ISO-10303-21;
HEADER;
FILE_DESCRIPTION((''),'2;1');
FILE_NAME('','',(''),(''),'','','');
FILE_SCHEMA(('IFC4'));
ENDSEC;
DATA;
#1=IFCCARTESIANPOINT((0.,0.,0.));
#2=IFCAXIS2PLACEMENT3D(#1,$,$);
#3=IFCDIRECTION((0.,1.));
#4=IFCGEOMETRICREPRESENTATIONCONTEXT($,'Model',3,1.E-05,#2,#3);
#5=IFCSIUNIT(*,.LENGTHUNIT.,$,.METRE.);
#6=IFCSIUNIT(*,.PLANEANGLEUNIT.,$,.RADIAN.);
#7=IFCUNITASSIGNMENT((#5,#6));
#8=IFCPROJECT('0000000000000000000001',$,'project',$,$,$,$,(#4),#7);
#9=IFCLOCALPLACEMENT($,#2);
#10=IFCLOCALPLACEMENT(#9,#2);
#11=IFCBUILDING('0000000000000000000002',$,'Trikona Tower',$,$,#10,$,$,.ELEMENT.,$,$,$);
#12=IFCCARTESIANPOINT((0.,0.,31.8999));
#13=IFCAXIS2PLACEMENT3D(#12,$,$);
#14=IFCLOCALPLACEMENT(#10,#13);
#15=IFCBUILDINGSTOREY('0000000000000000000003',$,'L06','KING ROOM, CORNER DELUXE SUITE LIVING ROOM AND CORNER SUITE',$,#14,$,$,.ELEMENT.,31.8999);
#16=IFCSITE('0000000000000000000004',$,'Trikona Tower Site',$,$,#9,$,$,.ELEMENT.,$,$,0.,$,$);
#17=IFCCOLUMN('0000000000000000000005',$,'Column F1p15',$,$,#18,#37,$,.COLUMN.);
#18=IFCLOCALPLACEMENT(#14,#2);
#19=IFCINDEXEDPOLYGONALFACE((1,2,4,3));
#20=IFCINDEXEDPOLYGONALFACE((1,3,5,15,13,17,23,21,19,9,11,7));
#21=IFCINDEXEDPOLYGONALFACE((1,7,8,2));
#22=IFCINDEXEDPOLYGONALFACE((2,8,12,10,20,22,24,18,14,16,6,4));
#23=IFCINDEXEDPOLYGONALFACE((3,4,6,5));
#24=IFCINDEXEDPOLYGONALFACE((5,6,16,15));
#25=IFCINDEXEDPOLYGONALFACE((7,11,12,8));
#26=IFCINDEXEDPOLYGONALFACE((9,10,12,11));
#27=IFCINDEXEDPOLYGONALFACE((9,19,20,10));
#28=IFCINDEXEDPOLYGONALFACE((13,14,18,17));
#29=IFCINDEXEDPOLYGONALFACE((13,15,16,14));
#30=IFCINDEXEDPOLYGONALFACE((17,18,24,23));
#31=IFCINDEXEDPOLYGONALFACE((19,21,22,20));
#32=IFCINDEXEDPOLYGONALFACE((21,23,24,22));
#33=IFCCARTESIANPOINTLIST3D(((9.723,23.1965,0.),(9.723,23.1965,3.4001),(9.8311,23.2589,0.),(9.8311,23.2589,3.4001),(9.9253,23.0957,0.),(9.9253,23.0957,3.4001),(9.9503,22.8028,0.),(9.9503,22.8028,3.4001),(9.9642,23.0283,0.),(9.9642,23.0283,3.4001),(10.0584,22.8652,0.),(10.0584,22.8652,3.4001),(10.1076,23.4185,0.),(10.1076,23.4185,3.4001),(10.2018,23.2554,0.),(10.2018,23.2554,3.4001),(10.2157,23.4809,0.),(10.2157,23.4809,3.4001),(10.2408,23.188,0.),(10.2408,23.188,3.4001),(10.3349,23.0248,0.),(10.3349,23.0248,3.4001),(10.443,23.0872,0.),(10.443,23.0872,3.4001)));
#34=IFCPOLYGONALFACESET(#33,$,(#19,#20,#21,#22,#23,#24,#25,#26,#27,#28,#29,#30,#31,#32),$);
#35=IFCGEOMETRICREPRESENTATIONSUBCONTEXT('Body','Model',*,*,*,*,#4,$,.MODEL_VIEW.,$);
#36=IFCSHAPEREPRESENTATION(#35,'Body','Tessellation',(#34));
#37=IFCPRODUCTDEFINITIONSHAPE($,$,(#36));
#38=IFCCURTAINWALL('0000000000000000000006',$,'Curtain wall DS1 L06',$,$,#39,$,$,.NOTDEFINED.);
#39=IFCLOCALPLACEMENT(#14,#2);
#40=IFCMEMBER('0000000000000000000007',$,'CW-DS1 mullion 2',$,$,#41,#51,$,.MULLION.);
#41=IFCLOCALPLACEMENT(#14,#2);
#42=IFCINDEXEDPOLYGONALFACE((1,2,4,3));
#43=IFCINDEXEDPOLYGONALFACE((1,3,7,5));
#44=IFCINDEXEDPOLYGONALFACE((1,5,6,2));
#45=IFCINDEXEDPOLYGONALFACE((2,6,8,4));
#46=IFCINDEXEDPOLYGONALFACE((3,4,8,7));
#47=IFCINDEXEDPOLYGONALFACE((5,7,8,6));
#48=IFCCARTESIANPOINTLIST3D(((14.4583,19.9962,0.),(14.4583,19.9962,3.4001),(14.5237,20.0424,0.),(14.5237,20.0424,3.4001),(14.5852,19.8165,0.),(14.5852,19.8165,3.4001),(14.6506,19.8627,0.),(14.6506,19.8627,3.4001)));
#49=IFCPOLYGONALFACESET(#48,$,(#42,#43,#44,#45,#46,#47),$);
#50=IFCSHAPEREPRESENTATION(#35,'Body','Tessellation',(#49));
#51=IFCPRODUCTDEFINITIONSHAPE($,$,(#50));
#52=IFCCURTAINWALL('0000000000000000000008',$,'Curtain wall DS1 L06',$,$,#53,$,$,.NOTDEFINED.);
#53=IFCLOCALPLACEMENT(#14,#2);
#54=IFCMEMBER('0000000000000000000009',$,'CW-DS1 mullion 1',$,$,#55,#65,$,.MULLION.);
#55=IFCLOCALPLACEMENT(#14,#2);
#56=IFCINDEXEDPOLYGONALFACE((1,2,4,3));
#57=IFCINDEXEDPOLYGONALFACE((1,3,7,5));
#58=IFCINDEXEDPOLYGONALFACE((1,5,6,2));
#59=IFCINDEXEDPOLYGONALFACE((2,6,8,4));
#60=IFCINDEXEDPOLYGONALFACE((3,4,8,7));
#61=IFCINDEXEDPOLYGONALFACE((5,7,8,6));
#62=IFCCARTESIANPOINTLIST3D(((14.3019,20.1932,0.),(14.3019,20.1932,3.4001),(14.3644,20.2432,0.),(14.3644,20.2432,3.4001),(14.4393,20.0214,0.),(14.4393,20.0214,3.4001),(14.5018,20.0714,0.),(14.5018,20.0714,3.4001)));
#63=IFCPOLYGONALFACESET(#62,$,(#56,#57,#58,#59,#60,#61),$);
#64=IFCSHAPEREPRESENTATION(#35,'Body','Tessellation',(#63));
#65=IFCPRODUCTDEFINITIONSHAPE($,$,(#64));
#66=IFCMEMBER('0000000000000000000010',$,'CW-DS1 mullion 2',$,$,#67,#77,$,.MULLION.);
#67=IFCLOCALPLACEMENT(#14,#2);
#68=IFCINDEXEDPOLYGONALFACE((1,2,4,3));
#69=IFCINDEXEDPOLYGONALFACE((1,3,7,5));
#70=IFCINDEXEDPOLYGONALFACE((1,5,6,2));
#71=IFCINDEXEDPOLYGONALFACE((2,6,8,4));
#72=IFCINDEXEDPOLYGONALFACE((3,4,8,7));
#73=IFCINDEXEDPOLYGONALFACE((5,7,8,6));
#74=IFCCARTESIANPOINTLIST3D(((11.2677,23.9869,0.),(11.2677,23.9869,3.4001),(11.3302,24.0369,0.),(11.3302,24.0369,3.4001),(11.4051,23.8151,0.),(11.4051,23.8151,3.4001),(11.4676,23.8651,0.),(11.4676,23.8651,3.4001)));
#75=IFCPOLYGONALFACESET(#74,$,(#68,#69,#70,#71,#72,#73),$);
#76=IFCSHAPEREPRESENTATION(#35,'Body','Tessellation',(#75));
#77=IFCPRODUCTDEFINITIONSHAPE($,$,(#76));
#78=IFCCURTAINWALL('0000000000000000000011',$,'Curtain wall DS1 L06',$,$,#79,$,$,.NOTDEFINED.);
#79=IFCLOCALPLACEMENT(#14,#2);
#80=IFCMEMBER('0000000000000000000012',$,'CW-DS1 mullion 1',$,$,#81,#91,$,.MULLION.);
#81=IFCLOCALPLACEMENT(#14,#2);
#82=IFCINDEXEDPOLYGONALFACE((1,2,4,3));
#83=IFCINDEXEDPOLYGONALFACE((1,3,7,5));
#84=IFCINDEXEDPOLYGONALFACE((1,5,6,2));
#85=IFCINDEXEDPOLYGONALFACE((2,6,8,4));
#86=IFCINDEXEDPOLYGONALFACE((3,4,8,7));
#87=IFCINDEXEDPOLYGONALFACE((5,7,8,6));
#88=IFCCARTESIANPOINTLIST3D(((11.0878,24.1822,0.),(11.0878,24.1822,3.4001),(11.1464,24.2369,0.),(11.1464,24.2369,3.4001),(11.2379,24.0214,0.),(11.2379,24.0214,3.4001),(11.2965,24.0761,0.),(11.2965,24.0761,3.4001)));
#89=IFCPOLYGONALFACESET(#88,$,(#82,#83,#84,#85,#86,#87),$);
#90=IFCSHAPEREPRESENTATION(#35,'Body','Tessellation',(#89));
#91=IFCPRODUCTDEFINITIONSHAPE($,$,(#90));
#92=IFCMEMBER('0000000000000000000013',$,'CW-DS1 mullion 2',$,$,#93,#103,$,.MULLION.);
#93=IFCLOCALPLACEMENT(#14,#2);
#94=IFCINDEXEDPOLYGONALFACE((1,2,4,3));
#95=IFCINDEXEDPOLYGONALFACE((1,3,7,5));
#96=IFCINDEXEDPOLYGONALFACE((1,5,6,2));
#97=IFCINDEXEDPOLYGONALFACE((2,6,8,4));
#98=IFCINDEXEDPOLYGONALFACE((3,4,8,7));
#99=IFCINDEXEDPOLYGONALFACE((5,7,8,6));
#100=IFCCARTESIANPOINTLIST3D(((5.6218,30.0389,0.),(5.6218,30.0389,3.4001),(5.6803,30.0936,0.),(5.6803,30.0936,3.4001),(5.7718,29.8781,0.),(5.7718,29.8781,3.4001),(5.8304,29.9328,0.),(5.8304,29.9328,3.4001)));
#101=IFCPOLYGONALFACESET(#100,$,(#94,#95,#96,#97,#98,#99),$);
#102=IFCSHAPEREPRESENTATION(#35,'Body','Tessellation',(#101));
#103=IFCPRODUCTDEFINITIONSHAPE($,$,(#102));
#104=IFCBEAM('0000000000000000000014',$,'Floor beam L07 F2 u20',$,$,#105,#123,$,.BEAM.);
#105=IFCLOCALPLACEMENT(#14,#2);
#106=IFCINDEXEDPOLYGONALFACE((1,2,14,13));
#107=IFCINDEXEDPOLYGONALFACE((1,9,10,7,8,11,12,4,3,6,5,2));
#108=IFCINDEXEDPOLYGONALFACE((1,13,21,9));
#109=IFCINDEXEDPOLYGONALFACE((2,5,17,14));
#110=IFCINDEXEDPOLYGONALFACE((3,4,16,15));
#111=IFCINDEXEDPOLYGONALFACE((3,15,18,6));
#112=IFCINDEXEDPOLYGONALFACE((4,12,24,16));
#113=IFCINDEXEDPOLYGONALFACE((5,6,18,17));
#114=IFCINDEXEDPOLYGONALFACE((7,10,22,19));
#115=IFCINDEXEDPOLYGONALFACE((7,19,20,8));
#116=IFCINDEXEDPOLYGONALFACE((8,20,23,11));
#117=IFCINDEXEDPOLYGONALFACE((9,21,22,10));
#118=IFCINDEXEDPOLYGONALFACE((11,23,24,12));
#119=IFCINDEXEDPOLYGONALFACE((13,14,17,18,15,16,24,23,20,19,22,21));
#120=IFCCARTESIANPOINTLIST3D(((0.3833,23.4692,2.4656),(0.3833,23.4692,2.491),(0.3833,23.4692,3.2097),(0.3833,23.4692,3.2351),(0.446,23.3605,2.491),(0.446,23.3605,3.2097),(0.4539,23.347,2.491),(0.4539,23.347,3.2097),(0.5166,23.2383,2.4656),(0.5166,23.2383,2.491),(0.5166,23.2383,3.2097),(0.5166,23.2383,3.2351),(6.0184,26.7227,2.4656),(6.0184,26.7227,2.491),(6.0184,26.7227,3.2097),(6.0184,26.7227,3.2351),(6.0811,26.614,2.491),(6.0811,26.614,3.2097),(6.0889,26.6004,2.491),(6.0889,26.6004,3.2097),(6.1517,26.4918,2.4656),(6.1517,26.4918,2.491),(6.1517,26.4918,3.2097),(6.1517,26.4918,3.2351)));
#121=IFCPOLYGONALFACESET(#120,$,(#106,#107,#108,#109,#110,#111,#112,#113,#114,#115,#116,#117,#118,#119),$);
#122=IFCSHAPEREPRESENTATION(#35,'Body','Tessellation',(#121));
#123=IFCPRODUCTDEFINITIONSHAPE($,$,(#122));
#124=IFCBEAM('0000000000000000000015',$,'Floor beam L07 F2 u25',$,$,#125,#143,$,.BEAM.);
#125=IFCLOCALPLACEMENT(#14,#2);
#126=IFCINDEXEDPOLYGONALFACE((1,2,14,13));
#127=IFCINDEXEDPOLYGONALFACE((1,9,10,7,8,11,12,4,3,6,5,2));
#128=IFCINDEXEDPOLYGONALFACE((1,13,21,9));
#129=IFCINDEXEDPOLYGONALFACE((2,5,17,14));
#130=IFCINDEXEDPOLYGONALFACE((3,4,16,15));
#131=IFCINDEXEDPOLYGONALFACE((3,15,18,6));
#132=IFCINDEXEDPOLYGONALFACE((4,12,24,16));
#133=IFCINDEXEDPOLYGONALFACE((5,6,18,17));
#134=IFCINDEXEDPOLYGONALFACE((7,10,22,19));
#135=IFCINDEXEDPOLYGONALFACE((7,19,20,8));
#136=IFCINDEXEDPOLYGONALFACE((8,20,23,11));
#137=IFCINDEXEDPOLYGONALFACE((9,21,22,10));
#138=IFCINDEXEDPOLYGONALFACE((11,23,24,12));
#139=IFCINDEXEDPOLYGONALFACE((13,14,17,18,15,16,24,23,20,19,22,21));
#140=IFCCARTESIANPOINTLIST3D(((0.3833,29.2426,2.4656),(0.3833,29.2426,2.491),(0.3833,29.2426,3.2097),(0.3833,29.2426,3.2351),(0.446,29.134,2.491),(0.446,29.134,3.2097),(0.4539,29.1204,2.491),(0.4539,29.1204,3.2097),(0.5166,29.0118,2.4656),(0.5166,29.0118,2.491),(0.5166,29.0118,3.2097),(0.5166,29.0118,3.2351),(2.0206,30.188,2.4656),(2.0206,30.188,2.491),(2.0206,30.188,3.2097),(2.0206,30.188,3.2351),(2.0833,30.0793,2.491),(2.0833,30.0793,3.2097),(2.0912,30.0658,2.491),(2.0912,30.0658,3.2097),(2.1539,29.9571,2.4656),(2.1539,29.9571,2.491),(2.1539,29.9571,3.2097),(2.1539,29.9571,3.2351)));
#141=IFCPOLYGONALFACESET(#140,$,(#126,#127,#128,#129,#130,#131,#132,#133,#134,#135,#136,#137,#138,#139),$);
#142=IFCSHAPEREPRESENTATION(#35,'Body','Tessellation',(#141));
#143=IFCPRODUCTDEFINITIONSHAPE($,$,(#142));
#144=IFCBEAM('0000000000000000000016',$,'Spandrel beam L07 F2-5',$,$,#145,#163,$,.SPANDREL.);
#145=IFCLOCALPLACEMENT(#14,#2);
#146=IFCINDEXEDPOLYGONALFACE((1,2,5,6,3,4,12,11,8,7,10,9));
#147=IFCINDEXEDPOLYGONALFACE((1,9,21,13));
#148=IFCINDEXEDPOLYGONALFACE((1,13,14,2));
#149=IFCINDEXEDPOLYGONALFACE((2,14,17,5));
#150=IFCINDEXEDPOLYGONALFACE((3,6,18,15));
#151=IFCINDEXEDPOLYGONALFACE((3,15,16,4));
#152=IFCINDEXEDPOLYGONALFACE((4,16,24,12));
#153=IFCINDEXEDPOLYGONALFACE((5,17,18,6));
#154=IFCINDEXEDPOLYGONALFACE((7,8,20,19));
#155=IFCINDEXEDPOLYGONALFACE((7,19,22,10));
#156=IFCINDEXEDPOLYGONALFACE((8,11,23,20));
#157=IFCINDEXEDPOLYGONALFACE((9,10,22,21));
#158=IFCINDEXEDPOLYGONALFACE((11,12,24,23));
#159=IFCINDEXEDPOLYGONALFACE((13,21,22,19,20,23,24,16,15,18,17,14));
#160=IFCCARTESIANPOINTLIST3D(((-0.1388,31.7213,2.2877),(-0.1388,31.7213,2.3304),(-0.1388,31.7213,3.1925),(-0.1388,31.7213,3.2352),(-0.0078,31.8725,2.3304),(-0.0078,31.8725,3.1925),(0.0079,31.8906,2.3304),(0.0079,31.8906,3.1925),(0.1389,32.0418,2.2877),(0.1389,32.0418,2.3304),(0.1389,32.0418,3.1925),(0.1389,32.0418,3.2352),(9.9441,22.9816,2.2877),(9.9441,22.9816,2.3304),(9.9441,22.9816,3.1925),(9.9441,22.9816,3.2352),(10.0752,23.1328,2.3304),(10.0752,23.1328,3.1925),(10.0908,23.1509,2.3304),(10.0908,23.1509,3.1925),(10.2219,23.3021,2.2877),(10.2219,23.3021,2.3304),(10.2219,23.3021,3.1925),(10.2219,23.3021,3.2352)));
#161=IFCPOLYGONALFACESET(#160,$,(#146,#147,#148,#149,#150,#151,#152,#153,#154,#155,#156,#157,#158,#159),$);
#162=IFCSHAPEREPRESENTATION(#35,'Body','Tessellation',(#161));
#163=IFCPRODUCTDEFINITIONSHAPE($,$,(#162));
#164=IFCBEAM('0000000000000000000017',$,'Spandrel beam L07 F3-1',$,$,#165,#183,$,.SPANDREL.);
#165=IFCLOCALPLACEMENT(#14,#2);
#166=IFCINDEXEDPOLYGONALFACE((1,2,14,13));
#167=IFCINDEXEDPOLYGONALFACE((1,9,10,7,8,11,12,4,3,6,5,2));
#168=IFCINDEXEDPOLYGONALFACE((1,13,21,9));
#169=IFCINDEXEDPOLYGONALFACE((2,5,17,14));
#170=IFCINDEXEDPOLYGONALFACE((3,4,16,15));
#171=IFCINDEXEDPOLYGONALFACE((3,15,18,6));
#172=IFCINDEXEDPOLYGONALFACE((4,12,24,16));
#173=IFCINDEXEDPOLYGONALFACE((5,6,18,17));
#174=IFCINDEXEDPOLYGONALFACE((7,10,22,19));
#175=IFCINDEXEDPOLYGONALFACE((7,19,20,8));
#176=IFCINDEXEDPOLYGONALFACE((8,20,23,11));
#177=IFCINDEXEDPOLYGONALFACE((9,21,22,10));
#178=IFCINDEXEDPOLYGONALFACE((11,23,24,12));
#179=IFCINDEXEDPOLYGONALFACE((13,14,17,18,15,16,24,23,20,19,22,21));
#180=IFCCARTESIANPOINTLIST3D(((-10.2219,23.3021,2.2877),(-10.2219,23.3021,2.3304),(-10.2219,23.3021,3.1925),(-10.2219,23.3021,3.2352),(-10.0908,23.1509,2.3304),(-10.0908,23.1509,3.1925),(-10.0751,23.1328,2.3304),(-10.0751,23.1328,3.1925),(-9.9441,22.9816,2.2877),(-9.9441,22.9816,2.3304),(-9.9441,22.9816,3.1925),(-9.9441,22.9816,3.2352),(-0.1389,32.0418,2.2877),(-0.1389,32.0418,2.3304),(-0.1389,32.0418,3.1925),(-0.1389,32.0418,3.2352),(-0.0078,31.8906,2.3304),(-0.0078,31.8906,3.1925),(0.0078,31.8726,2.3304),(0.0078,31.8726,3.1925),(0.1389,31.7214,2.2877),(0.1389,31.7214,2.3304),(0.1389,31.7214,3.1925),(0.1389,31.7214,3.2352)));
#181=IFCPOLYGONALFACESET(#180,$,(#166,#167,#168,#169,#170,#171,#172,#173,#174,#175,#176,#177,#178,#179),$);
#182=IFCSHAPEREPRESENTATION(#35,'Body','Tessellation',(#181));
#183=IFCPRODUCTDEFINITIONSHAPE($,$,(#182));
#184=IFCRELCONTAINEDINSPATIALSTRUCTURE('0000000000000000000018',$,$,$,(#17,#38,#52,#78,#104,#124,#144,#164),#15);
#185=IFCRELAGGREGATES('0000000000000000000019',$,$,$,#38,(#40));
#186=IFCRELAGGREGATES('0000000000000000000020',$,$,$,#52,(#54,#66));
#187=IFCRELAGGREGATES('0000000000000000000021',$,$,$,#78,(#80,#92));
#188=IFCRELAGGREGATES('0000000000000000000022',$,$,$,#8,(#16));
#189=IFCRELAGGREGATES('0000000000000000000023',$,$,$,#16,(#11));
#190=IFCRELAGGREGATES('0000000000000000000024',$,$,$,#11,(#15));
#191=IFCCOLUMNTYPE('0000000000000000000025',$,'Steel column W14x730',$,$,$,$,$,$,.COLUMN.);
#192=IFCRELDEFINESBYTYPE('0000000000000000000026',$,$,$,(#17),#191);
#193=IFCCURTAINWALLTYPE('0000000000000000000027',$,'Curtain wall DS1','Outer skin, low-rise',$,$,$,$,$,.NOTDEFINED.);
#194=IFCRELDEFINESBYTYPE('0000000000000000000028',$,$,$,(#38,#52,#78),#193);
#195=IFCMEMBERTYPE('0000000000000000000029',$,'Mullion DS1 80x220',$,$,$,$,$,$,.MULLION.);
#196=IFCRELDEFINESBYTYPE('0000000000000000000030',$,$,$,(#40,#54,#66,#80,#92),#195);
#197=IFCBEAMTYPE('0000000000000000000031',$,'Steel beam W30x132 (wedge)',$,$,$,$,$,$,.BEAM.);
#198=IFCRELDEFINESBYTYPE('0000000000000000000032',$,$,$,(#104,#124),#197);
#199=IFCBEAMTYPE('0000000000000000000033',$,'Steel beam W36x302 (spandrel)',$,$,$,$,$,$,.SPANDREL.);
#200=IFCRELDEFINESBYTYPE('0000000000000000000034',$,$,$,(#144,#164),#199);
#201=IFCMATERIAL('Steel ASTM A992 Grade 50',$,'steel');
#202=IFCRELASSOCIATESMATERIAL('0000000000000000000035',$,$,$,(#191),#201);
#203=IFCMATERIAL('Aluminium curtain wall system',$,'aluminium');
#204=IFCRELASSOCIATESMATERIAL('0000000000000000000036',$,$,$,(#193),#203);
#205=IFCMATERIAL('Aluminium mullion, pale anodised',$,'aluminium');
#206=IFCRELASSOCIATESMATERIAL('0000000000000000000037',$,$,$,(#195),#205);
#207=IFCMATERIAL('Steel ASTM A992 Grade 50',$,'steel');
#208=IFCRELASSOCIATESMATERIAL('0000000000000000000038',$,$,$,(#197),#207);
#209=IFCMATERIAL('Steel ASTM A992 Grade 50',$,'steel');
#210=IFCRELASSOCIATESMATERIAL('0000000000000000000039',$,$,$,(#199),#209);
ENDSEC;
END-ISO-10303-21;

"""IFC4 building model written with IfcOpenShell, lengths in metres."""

from ifc_helpers import new_model, si_unit, direction, frame, origin, origin_2d, place, context, subcontext, project, spatial, rectangle, i_section, extrude, material, material_profile, profile_set, type_object, element, aggregate, save


model = new_model("IFC4")

# Units and contexts
model_context = context("Model", 3, precision=1e-05, world=origin(), true_north=direction((0.0, 1.0)))
body_context = subcontext(model_context, "Body", "Model", "MODEL_VIEW")
ifc_project = project(units=[si_unit("LENGTHUNIT", "METRE"), si_unit("PLANEANGLEUNIT", "RADIAN")], contexts=[model_context])

# Site, building, storey
site_placement = place(None, origin())
site = spatial("IfcSite", under=ifc_project, at=site_placement, Name="Trikona Tower Site", CompositionType="ELEMENT", RefElevation=0.0)
building_placement = place(site_placement, origin())
building = spatial("IfcBuilding", under=site, at=building_placement, Name="Trikona Tower", CompositionType="ELEMENT")
storey_placement = place(building_placement, frame((0.0, 0.0, 31.8999)))
storey = spatial("IfcBuildingStorey", under=building, at=storey_placement, Name="L06", Description="KING ROOM, CORNER DELUXE SUITE LIVING ROOM AND CORNER SUITE", CompositionType="ELEMENT", Elevation=31.8999)

# Column
ifc_material_1 = material(Name="Steel ASTM A992 Grade 50", Category="steel")
ifc_material_profile_1 = material_profile(ifc_material_1, i_section(OverallWidth=0.4546, OverallDepth=0.5688, WebThickness=0.0779, FlangeThickness=0.1248, at=origin_2d()), Name="W14X730")
ifc_profile_set_1 = profile_set([ifc_material_profile_1], Name="Steel ASTM A992 Grade 50")
column_type = type_object("IfcColumnType", Name="Steel column W14x730", PredefinedType="COLUMN", material=ifc_profile_set_1)
column_placement = place(storey_placement, frame((10.083, 23.1418, 0.0), z_axis=(0.0, 0.0, 1.0), x_axis=(-0.5, 0.866025, 0.0)))
element("IfcColumn", 1, at=column_placement, inside=storey, type_object=column_type, Name="Column F1p15", PredefinedType="COLUMN", context=body_context, shape_type="SweptSolid", body=[
    extrude(i_section(OverallWidth=0.4546, OverallDepth=0.5688, WebThickness=0.0779, FlangeThickness=0.1248, at=origin_2d()), origin(), (0.0, 0.0, 1.0), 3.4001),
])

# Curtain wall, member
ifc_material_2 = material(Name="Aluminium curtain wall system", Category="aluminium")
curtain_wall_type = type_object("IfcCurtainWallType", Name="Curtain wall DS1", Description="Outer skin, low-rise", PredefinedType="NOTDEFINED", material=ifc_material_2)
curtain_wall_1_placement = place(storey_placement, origin())
curtain_wall_1 = element("IfcCurtainWall", 2, at=curtain_wall_1_placement, inside=storey, type_object=curtain_wall_type, Name="Curtain wall DS1 L06", PredefinedType="NOTDEFINED")
ifc_material_3 = material(Name="Aluminium mullion, pale anodised", Category="aluminium")
ifc_material_profile_2 = material_profile(ifc_material_3, rectangle(XDim=0.0801, YDim=0.22, at=origin_2d()), Name="MUL-DS1")
ifc_profile_set_2 = profile_set([ifc_material_profile_2], Name="Aluminium mullion, pale anodised")
member_type_1 = type_object("IfcMemberType", Name="Mullion DS1 80x220", PredefinedType="MULLION", material=ifc_profile_set_2)
member_1_placement = place(storey_placement, frame((14.5544, 19.9294, 0.0), z_axis=(0.0, 0.0, 1.0), x_axis=(-0.816985, -0.576658, 0.0)))
member_1 = element("IfcMember", 3, at=member_1_placement, type_object=member_type_1, Name="CW-DS1 mullion 2", PredefinedType="MULLION", context=body_context, shape_type="SweptSolid", body=[
    extrude(rectangle(XDim=0.0801, YDim=0.22, at=origin_2d()), origin(), (0.0, 0.0, 1.0), 3.4001),
])
aggregate(curtain_wall_1, [member_1])

# Curtain walls, members
curtain_wall_2_placement = place(storey_placement, origin())
curtain_wall_2 = element("IfcCurtainWall", 4, at=curtain_wall_2_placement, inside=storey, type_object=curtain_wall_type, Name="Curtain wall DS1 L06", PredefinedType="NOTDEFINED")
member_2_placement = place(storey_placement, frame((14.4019, 20.1323, 0.0), z_axis=(0.0, 0.0, 1.0), x_axis=(-0.780938, -0.624609, 0.0)))
member_2 = element("IfcMember", 5, at=member_2_placement, type_object=member_type_1, Name="CW-DS1 mullion 1", PredefinedType="MULLION", context=body_context, shape_type="SweptSolid", body=[
    extrude(rectangle(XDim=0.0801, YDim=0.22, at=origin_2d()), origin(), (0.0, 0.0, 1.0), 3.4001),
])
member_3_placement = place(storey_placement, frame((11.3677, 23.926, 0.0), z_axis=(0.0, 0.0, 1.0), x_axis=(-0.780938, -0.624609, 0.0)))
member_3 = element("IfcMember", 6, at=member_3_placement, type_object=member_type_1, Name="CW-DS1 mullion 2", PredefinedType="MULLION", context=body_context, shape_type="SweptSolid", body=[
    extrude(rectangle(XDim=0.0801, YDim=0.22, at=origin_2d()), origin(), (0.0, 0.0, 1.0), 3.4001),
])
curtain_wall_3_placement = place(storey_placement, origin())
curtain_wall_3 = element("IfcCurtainWall", 7, at=curtain_wall_3_placement, inside=storey, type_object=curtain_wall_type, Name="Curtain wall DS1 L06", PredefinedType="NOTDEFINED")
member_4_placement = place(storey_placement, frame((11.1921, 24.1292, 0.0), z_axis=(0.0, 0.0, 1.0), x_axis=(-0.731077, -0.682295, 0.0)))
member_4 = element("IfcMember", 8, at=member_4_placement, type_object=member_type_1, Name="CW-DS1 mullion 1", PredefinedType="MULLION", context=body_context, shape_type="SweptSolid", body=[
    extrude(rectangle(XDim=0.0801, YDim=0.22, at=origin_2d()), origin(), (0.0, 0.0, 1.0), 3.4001),
])
member_5_placement = place(storey_placement, frame((5.7261, 29.9858, 0.0), z_axis=(0.0, 0.0, 1.0), x_axis=(-0.731077, -0.682295, 0.0)))
member_5 = element("IfcMember", 9, at=member_5_placement, type_object=member_type_1, Name="CW-DS1 mullion 2", PredefinedType="MULLION", context=body_context, shape_type="SweptSolid", body=[
    extrude(rectangle(XDim=0.0801, YDim=0.22, at=origin_2d()), origin(), (0.0, 0.0, 1.0), 3.4001),
])

# Beams
ifc_material_4 = material(Name="Steel ASTM A992 Grade 50", Category="steel")
ifc_material_profile_3 = material_profile(ifc_material_4, i_section(OverallWidth=0.2666, OverallDepth=0.7695, WebThickness=0.0156, FlangeThickness=0.0254, at=origin_2d()), Name="W30X132")
ifc_profile_set_3 = profile_set([ifc_material_profile_3], Name="Steel ASTM A992 Grade 50")
beam_type_1 = type_object("IfcBeamType", Name="Steel beam W30x132 (wedge)", PredefinedType="BEAM", material=ifc_profile_set_3)
beam_1_placement = place(storey_placement, frame((0.45, 23.3538, 2.8503), z_axis=(0.866023, 0.500005, 0.0), x_axis=(-0.500005, 0.866023, 0.0)))
element("IfcBeam", 10, at=beam_1_placement, inside=storey, type_object=beam_type_1, Name="Floor beam L07 F2 u20", PredefinedType="BEAM", context=body_context, shape_type="SweptSolid", body=[
    extrude(i_section(OverallWidth=0.2666, OverallDepth=0.7695, WebThickness=0.0156, FlangeThickness=0.0254, at=origin_2d()), origin(), (0.0, 0.0, 1.0), 6.5068),
])
beam_2_placement = place(storey_placement, frame((0.45, 29.1272, 2.8503), z_axis=(0.866009, 0.500028, 0.0), x_axis=(-0.500028, 0.866009, 0.0)))
element("IfcBeam", 11, at=beam_2_placement, inside=storey, type_object=beam_type_1, Name="Floor beam L07 F2 u25", PredefinedType="BEAM", context=body_context, shape_type="SweptSolid", body=[
    extrude(i_section(OverallWidth=0.2666, OverallDepth=0.7695, WebThickness=0.0156, FlangeThickness=0.0254, at=origin_2d()), origin(), (0.0, 0.0, 1.0), 1.8906),
])
ifc_material_5 = material(Name="Steel ASTM A992 Grade 50", Category="steel")
ifc_material_profile_4 = material_profile(ifc_material_5, i_section(OverallWidth=0.4241, OverallDepth=0.9475, WebThickness=0.0239, FlangeThickness=0.0427, at=origin_2d()), Name="W36X302")
ifc_profile_set_4 = profile_set([ifc_material_profile_4], Name="Steel ASTM A992 Grade 50")
beam_type_2 = type_object("IfcBeamType", Name="Steel beam W36x302 (spandrel)", PredefinedType="SPANDREL", material=ifc_profile_set_4)
for number, where, z_axis, x_axis, name in (
    (12, (10.083, 23.1418, 2.7615), (-0.755647, 0.654979, 0.0), (-0.654979, -0.755647, 0.0), "Spandrel beam L07 F2-5"),
    (13, (0.0, 31.8816, 2.7615), (-0.755647, -0.654979, 0.0), (0.654979, -0.755647, 0.0), "Spandrel beam L07 F3-1"),
):
    element("IfcBeam", number, at=place(storey_placement, frame(where, z_axis=z_axis, x_axis=x_axis)), inside=storey, type_object=beam_type_2, Name=name, PredefinedType="SPANDREL", context=body_context, shape_type="SweptSolid", body=[
        extrude(i_section(OverallWidth=0.4241, OverallDepth=0.9475, WebThickness=0.0239, FlangeThickness=0.0427, at=origin_2d()), origin(), (0.0, 0.0, 1.0), 13.3435),
    ])

aggregate(curtain_wall_2, [member_2, member_3])
aggregate(curtain_wall_3, [member_4, member_5])

save(model, "model.ifc")
